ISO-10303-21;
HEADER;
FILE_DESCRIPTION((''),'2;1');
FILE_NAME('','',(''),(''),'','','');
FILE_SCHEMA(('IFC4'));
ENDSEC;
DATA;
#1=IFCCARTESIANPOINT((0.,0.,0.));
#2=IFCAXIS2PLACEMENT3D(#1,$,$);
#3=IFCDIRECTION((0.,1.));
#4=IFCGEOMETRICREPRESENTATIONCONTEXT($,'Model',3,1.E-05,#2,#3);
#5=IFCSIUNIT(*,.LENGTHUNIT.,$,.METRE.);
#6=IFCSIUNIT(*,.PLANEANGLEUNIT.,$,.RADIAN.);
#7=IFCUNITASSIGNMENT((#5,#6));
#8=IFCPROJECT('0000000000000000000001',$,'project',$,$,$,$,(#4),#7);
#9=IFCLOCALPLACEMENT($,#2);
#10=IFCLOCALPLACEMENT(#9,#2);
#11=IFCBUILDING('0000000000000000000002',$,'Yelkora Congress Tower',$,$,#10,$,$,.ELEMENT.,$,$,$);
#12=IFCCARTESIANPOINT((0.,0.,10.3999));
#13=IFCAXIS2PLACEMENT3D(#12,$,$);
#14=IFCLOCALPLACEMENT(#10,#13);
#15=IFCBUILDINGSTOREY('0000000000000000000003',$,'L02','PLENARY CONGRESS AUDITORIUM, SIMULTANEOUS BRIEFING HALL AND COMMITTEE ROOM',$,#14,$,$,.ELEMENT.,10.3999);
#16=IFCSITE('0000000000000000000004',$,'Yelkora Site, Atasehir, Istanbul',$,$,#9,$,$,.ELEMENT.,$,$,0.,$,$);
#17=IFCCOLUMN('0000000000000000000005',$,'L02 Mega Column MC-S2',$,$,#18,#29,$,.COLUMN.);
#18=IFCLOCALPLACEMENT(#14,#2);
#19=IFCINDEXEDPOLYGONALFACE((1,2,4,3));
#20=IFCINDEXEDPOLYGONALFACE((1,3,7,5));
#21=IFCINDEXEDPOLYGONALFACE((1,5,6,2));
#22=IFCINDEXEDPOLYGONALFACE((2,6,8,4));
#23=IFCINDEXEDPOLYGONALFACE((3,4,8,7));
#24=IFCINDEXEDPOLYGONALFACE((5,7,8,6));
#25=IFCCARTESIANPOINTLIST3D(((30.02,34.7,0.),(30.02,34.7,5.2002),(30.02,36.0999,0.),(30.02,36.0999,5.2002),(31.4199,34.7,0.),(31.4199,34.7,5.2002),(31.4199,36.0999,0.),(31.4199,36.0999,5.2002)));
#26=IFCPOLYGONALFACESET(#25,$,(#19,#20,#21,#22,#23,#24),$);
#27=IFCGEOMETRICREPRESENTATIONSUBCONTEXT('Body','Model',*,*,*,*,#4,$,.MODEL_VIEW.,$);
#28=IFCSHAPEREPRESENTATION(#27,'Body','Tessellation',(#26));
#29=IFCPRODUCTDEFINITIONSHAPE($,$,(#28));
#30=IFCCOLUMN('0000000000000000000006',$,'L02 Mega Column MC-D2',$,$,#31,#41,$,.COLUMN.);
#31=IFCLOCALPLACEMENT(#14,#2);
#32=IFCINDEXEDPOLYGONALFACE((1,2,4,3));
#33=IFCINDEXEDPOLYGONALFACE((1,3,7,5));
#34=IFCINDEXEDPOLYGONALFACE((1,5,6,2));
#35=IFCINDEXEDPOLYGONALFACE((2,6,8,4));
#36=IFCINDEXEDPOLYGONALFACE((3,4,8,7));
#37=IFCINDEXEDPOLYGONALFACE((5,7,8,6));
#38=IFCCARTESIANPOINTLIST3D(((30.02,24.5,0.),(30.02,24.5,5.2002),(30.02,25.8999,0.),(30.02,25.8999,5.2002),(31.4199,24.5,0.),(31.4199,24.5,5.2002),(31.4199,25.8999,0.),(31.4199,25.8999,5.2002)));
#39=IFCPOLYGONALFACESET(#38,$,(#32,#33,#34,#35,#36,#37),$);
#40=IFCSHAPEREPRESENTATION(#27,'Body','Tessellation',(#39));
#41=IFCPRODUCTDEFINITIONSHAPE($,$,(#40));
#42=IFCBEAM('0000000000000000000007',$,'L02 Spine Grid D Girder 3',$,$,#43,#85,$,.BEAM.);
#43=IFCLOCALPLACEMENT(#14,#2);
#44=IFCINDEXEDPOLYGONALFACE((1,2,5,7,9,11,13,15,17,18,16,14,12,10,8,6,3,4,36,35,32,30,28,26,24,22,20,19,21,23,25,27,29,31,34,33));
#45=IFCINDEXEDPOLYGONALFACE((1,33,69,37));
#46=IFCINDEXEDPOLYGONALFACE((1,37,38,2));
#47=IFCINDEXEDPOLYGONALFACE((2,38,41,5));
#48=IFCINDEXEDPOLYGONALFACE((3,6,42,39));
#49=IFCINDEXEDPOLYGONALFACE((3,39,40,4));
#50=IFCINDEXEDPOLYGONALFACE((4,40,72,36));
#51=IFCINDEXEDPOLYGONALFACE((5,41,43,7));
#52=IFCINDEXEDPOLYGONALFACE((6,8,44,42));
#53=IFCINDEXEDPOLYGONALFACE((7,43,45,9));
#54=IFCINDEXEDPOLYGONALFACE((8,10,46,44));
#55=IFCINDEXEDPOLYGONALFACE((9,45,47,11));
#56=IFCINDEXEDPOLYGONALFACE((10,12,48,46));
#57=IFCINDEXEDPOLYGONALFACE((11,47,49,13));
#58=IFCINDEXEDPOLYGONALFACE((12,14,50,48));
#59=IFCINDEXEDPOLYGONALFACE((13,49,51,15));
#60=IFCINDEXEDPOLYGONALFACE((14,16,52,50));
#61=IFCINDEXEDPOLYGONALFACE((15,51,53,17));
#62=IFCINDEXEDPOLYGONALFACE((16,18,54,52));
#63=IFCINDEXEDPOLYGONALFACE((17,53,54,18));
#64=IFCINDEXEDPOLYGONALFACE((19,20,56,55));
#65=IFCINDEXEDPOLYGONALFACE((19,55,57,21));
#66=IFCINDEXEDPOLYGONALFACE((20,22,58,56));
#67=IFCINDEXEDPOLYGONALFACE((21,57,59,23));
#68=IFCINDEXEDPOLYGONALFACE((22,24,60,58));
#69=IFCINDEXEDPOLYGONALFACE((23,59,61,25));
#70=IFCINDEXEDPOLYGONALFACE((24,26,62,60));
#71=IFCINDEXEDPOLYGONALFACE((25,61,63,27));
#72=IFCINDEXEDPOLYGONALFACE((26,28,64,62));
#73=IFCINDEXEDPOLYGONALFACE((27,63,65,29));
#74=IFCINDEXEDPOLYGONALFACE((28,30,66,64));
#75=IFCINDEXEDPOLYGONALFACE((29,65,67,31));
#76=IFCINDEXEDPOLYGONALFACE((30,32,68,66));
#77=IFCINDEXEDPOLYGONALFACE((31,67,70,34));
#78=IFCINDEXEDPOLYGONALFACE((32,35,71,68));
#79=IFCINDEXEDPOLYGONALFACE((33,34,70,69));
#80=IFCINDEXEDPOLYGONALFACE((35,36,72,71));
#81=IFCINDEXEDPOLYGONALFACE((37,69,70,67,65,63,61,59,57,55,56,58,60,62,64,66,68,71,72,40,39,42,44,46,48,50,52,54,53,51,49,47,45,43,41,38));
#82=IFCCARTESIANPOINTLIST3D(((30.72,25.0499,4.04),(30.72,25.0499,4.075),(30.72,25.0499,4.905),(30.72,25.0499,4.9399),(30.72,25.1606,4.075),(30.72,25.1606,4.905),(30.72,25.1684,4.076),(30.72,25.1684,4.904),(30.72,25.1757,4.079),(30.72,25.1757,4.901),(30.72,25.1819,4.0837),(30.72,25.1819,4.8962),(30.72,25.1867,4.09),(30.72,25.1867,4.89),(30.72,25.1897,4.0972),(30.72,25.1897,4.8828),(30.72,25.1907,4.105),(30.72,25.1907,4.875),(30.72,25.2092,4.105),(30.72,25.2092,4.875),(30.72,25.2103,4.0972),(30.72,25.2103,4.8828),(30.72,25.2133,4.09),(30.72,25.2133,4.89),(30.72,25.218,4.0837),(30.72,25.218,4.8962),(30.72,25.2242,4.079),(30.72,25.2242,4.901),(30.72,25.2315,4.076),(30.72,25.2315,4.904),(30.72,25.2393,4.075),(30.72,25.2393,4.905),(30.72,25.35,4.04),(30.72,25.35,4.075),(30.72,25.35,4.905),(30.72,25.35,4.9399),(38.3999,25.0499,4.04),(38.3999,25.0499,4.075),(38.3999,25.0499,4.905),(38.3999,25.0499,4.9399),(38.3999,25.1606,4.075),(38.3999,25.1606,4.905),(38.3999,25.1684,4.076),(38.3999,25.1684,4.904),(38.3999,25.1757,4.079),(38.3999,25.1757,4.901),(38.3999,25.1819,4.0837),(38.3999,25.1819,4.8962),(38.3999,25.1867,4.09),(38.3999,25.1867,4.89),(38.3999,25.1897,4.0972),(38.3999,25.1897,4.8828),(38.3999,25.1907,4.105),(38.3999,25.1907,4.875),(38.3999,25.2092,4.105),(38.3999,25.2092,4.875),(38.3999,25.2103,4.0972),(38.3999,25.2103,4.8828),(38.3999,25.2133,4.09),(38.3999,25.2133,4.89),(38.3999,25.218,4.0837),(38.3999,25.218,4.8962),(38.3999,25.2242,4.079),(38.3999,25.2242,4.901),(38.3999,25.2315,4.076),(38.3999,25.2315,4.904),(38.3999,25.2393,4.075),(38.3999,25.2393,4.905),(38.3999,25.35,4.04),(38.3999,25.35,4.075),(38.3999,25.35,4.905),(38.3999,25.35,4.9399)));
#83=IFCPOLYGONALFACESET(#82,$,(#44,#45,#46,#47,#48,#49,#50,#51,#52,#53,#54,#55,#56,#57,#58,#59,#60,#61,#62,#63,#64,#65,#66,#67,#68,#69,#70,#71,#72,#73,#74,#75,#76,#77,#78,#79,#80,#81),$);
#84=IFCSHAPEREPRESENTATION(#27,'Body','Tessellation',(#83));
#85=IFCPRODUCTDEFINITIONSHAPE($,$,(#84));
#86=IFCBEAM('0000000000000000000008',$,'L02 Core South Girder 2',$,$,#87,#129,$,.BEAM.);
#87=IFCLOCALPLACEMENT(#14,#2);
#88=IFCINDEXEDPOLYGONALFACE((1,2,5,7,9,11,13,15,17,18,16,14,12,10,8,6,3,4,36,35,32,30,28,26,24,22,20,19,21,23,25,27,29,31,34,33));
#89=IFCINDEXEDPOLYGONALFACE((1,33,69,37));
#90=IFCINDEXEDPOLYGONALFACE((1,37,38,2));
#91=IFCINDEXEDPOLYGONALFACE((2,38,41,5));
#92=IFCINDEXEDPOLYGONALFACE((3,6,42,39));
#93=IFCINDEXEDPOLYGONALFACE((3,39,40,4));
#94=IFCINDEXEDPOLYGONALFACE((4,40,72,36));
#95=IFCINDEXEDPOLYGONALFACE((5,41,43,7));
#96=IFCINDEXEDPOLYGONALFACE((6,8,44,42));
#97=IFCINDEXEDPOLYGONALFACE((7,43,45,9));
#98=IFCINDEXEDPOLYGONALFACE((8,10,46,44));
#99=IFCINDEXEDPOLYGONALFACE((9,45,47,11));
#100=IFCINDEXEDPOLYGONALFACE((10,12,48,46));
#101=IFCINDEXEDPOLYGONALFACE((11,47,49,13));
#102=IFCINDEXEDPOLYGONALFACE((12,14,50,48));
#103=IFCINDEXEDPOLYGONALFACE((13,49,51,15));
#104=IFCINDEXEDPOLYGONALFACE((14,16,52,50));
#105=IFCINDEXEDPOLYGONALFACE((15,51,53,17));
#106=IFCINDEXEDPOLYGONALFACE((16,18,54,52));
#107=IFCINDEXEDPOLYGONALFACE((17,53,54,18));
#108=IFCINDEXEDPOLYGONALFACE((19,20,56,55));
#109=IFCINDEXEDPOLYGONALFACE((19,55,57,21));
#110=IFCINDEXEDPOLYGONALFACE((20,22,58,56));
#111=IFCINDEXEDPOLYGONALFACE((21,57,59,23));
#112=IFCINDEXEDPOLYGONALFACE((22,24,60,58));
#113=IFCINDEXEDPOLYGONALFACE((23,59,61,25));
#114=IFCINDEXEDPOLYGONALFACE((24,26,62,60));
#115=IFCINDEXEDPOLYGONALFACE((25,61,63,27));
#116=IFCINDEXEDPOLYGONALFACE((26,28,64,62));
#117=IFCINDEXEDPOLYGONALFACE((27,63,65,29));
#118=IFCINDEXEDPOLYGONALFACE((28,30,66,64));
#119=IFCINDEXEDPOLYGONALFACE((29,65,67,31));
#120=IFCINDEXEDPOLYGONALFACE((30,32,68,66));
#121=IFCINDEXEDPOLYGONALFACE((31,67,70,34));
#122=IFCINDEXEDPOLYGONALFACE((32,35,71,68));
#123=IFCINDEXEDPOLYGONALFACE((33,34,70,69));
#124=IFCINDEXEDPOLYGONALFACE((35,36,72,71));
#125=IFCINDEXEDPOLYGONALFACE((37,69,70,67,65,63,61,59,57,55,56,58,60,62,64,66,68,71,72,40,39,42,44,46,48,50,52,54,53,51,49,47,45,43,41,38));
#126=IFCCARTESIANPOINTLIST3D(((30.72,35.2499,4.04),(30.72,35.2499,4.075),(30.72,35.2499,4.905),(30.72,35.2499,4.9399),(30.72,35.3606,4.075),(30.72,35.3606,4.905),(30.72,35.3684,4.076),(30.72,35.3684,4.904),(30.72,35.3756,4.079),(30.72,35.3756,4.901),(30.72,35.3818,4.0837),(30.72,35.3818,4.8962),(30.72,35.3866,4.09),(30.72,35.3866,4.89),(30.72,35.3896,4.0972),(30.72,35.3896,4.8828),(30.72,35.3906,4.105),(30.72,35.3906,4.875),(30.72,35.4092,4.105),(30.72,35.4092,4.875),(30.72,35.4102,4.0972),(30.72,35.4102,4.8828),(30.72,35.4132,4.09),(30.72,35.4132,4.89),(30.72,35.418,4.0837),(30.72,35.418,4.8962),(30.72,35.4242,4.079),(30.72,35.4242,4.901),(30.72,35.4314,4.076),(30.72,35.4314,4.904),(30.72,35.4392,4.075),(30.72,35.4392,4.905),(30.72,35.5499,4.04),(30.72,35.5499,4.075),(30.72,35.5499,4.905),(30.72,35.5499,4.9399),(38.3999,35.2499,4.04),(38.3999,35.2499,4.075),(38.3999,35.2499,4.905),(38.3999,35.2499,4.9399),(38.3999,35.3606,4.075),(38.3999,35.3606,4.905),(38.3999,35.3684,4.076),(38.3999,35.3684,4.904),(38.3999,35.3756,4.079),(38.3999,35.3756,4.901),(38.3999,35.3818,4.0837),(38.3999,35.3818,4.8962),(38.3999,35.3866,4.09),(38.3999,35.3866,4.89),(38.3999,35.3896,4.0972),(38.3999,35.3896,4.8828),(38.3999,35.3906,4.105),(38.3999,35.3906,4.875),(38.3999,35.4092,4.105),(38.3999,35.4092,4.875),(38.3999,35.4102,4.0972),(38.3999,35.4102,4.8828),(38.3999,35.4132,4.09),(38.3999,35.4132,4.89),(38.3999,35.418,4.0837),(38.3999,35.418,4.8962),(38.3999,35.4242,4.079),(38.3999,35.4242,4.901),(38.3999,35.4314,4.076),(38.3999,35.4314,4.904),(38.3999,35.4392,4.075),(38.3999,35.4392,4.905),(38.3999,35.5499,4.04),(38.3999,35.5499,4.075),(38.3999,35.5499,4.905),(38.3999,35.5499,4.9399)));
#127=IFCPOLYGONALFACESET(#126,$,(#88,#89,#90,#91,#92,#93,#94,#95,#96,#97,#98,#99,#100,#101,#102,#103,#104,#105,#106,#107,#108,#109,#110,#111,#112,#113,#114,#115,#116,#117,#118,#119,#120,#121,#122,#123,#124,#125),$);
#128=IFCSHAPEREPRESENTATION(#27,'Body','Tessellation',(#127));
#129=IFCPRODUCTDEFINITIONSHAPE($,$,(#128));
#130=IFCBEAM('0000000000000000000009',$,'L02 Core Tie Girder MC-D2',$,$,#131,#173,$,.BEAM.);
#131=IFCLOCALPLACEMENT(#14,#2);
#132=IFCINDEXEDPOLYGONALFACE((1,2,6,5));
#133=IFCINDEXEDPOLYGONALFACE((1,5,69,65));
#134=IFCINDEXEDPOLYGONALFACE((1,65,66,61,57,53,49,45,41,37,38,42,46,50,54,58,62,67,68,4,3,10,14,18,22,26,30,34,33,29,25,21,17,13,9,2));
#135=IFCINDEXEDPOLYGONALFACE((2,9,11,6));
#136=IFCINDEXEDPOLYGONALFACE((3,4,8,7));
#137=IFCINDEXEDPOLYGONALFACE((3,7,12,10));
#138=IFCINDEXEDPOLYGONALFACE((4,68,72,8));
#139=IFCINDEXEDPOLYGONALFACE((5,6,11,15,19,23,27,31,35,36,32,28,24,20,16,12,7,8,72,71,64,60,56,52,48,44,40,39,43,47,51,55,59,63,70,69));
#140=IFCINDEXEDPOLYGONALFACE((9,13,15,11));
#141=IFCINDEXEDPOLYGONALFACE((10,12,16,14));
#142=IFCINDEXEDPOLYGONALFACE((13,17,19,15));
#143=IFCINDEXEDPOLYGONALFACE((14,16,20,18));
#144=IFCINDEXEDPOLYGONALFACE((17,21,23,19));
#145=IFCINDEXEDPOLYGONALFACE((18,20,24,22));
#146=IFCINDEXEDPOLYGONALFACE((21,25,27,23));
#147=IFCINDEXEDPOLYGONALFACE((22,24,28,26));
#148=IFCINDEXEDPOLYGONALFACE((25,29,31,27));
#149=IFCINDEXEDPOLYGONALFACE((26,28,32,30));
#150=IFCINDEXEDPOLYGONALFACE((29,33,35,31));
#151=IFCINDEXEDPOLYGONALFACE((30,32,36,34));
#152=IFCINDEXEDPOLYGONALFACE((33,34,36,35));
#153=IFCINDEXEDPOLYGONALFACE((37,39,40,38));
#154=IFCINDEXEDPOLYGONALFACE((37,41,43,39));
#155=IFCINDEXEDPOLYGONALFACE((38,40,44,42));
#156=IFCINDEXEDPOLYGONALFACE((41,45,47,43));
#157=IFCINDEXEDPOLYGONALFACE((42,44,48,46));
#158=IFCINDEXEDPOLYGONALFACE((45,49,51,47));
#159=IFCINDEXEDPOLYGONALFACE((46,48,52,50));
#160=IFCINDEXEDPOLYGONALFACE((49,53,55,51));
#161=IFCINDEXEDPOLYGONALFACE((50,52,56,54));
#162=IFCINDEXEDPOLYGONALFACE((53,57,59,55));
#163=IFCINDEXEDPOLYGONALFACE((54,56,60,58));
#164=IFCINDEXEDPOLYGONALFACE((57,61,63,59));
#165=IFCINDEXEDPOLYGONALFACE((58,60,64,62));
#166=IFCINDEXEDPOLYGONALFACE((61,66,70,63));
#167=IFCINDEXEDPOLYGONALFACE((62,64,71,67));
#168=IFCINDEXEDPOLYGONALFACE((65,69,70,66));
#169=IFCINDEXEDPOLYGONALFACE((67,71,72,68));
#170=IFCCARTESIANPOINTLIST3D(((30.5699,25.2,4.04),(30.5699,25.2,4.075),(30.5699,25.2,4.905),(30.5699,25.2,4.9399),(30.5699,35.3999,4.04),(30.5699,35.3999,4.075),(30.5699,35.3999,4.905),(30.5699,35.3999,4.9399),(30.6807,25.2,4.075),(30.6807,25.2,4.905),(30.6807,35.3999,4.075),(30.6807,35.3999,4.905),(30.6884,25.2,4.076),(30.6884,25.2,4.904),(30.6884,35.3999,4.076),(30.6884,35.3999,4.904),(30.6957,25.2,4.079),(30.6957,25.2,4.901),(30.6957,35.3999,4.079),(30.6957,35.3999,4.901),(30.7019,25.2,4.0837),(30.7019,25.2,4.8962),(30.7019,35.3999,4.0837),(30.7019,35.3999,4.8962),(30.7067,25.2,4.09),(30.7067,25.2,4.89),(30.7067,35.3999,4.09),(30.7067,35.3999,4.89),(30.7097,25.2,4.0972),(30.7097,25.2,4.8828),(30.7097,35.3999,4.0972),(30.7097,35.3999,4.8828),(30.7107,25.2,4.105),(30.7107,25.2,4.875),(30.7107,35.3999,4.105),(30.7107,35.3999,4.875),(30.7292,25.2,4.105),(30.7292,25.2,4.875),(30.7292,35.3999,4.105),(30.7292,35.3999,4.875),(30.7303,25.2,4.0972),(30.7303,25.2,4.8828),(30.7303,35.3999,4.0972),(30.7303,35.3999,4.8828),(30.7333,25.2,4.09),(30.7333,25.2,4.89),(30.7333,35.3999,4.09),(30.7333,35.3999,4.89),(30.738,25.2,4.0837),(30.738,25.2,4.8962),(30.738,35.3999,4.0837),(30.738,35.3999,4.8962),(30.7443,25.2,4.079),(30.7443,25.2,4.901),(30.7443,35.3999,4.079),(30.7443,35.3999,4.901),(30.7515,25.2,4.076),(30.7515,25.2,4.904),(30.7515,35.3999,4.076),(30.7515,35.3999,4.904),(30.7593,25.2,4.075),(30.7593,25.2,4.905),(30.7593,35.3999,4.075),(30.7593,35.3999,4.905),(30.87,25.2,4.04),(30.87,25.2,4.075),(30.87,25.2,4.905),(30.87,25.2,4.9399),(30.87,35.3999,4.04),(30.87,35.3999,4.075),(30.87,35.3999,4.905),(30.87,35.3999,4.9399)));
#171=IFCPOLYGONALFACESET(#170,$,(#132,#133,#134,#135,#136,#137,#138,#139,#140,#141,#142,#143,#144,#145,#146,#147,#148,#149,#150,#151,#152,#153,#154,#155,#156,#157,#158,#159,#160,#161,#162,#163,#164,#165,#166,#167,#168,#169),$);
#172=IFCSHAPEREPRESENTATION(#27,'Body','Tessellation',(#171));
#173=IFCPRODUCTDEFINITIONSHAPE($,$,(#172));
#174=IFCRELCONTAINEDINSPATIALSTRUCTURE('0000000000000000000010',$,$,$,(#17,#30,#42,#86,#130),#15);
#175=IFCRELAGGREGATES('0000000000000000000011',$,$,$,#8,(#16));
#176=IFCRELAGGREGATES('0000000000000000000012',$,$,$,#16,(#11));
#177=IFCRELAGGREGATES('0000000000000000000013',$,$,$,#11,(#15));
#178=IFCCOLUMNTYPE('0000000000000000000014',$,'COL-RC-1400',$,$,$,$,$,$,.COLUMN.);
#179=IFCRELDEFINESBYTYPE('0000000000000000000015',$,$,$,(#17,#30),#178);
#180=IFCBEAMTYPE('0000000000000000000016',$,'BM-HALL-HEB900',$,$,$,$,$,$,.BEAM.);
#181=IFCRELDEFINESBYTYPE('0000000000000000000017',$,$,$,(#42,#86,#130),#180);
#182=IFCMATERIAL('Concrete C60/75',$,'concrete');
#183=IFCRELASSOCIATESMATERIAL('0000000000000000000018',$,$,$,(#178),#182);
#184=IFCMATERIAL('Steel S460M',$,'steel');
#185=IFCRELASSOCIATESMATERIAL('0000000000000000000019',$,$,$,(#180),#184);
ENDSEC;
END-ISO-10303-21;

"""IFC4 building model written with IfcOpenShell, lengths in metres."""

from ifc_helpers import new_model, si_unit, direction, frame, origin, origin_2d, place, context, subcontext, project, spatial, rectangle, i_section, extrude, material, material_profile, profile_set, type_object, element, save


model = new_model("IFC4")

# Units and contexts
model_context = context("Model", 3, precision=1e-05, world=origin(), true_north=direction((0.0, 1.0)))
body_context = subcontext(model_context, "Body", "Model", "MODEL_VIEW")
ifc_project = project(units=[si_unit("LENGTHUNIT", "METRE"), si_unit("PLANEANGLEUNIT", "RADIAN")], contexts=[model_context])

# Site, building, storey
site_placement = place(None, origin())
site = spatial("IfcSite", under=ifc_project, at=site_placement, Name="Yelkora Site, Atasehir, Istanbul", CompositionType="ELEMENT", RefElevation=0.0)
building_placement = place(site_placement, origin())
building = spatial("IfcBuilding", under=site, at=building_placement, Name="Yelkora Congress Tower", CompositionType="ELEMENT")
storey_placement = place(building_placement, frame((0.0, 0.0, 10.3999)))
storey = spatial("IfcBuildingStorey", under=building, at=storey_placement, Name="L02", Description="PLENARY CONGRESS AUDITORIUM, SIMULTANEOUS BRIEFING HALL AND COMMITTEE ROOM", CompositionType="ELEMENT", Elevation=10.3999)

# Columns
ifc_material_1 = material(Name="Concrete C60/75", Category="concrete")
ifc_material_profile_1 = material_profile(ifc_material_1, rectangle(XDim=1.3999, YDim=1.3999, at=origin_2d()), Name="RC 1400x1400")
ifc_profile_set_1 = profile_set([ifc_material_profile_1], Name="Concrete C60/75")
column_type = type_object("IfcColumnType", Name="COL-RC-1400", PredefinedType="COLUMN", material=ifc_profile_set_1)
for number, where, z_axis, x_axis, name in (
    (1, (30.72, 35.3999, 0.0), (0.0, 0.0, 1.0), (1.0, 0.0, 0.0), "L02 Mega Column MC-S2"),
    (2, (30.72, 25.2, 0.0), (0.0, 0.0, 1.0), (1.0, 0.0, 0.0), "L02 Mega Column MC-D2"),
):
    element("IfcColumn", number, at=place(storey_placement, frame(where, z_axis=z_axis, x_axis=x_axis)), inside=storey, type_object=column_type, Name=name, PredefinedType="COLUMN", context=body_context, shape_type="SweptSolid", body=[
        extrude(rectangle(XDim=1.3999, YDim=1.3999, at=origin_2d()), origin(), (0.0, 0.0, 1.0), 5.2002),
    ])

# Beams
ifc_material_2 = material(Name="Steel S460M", Category="steel")
ifc_material_profile_2 = material_profile(ifc_material_2, i_section(OverallWidth=0.3, OverallDepth=0.8999, WebThickness=0.0186, FlangeThickness=0.0349, FilletRadius=0.03, at=origin_2d()), Name="HEB 900")
ifc_profile_set_2 = profile_set([ifc_material_profile_2], Name="Steel S460M")
beam_type = type_object("IfcBeamType", Name="BM-HALL-HEB900", PredefinedType="BEAM", material=ifc_profile_set_2)
for number, where, z_axis, x_axis, name in (
    (3, (30.72, 25.2, 4.49), (1.0, 0.0, 0.0), (0.0, 1.0, 0.0), "L02 Spine Grid D Girder 3"),
    (4, (30.72, 35.3999, 4.49), (1.0, 0.0, 0.0), (0.0, 1.0, 0.0), "L02 Core South Girder 2"),
):
    element("IfcBeam", number, at=place(storey_placement, frame(where, z_axis=z_axis, x_axis=x_axis)), inside=storey, type_object=beam_type, Name=name, PredefinedType="BEAM", context=body_context, shape_type="SweptSolid", body=[
        extrude(i_section(OverallWidth=0.3, OverallDepth=0.8999, WebThickness=0.0186, FlangeThickness=0.0349, FilletRadius=0.03, at=origin_2d()), origin(), (0.0, 0.0, 1.0), 7.6799),
    ])
beam_1_placement = place(storey_placement, frame((30.72, 25.2, 4.49), z_axis=(0.0, 1.0, 0.0), x_axis=(-1.0, 0.0, 0.0)))
element("IfcBeam", 5, at=beam_1_placement, inside=storey, type_object=beam_type, Name="L02 Core Tie Girder MC-D2", PredefinedType="BEAM", context=body_context, shape_type="SweptSolid", body=[
    extrude(i_section(OverallWidth=0.3, OverallDepth=0.8999, WebThickness=0.0186, FlangeThickness=0.0349, FilletRadius=0.03, at=origin_2d()), origin(), (0.0, 0.0, 1.0), 10.2),
])

save(model, "model.ifc")
